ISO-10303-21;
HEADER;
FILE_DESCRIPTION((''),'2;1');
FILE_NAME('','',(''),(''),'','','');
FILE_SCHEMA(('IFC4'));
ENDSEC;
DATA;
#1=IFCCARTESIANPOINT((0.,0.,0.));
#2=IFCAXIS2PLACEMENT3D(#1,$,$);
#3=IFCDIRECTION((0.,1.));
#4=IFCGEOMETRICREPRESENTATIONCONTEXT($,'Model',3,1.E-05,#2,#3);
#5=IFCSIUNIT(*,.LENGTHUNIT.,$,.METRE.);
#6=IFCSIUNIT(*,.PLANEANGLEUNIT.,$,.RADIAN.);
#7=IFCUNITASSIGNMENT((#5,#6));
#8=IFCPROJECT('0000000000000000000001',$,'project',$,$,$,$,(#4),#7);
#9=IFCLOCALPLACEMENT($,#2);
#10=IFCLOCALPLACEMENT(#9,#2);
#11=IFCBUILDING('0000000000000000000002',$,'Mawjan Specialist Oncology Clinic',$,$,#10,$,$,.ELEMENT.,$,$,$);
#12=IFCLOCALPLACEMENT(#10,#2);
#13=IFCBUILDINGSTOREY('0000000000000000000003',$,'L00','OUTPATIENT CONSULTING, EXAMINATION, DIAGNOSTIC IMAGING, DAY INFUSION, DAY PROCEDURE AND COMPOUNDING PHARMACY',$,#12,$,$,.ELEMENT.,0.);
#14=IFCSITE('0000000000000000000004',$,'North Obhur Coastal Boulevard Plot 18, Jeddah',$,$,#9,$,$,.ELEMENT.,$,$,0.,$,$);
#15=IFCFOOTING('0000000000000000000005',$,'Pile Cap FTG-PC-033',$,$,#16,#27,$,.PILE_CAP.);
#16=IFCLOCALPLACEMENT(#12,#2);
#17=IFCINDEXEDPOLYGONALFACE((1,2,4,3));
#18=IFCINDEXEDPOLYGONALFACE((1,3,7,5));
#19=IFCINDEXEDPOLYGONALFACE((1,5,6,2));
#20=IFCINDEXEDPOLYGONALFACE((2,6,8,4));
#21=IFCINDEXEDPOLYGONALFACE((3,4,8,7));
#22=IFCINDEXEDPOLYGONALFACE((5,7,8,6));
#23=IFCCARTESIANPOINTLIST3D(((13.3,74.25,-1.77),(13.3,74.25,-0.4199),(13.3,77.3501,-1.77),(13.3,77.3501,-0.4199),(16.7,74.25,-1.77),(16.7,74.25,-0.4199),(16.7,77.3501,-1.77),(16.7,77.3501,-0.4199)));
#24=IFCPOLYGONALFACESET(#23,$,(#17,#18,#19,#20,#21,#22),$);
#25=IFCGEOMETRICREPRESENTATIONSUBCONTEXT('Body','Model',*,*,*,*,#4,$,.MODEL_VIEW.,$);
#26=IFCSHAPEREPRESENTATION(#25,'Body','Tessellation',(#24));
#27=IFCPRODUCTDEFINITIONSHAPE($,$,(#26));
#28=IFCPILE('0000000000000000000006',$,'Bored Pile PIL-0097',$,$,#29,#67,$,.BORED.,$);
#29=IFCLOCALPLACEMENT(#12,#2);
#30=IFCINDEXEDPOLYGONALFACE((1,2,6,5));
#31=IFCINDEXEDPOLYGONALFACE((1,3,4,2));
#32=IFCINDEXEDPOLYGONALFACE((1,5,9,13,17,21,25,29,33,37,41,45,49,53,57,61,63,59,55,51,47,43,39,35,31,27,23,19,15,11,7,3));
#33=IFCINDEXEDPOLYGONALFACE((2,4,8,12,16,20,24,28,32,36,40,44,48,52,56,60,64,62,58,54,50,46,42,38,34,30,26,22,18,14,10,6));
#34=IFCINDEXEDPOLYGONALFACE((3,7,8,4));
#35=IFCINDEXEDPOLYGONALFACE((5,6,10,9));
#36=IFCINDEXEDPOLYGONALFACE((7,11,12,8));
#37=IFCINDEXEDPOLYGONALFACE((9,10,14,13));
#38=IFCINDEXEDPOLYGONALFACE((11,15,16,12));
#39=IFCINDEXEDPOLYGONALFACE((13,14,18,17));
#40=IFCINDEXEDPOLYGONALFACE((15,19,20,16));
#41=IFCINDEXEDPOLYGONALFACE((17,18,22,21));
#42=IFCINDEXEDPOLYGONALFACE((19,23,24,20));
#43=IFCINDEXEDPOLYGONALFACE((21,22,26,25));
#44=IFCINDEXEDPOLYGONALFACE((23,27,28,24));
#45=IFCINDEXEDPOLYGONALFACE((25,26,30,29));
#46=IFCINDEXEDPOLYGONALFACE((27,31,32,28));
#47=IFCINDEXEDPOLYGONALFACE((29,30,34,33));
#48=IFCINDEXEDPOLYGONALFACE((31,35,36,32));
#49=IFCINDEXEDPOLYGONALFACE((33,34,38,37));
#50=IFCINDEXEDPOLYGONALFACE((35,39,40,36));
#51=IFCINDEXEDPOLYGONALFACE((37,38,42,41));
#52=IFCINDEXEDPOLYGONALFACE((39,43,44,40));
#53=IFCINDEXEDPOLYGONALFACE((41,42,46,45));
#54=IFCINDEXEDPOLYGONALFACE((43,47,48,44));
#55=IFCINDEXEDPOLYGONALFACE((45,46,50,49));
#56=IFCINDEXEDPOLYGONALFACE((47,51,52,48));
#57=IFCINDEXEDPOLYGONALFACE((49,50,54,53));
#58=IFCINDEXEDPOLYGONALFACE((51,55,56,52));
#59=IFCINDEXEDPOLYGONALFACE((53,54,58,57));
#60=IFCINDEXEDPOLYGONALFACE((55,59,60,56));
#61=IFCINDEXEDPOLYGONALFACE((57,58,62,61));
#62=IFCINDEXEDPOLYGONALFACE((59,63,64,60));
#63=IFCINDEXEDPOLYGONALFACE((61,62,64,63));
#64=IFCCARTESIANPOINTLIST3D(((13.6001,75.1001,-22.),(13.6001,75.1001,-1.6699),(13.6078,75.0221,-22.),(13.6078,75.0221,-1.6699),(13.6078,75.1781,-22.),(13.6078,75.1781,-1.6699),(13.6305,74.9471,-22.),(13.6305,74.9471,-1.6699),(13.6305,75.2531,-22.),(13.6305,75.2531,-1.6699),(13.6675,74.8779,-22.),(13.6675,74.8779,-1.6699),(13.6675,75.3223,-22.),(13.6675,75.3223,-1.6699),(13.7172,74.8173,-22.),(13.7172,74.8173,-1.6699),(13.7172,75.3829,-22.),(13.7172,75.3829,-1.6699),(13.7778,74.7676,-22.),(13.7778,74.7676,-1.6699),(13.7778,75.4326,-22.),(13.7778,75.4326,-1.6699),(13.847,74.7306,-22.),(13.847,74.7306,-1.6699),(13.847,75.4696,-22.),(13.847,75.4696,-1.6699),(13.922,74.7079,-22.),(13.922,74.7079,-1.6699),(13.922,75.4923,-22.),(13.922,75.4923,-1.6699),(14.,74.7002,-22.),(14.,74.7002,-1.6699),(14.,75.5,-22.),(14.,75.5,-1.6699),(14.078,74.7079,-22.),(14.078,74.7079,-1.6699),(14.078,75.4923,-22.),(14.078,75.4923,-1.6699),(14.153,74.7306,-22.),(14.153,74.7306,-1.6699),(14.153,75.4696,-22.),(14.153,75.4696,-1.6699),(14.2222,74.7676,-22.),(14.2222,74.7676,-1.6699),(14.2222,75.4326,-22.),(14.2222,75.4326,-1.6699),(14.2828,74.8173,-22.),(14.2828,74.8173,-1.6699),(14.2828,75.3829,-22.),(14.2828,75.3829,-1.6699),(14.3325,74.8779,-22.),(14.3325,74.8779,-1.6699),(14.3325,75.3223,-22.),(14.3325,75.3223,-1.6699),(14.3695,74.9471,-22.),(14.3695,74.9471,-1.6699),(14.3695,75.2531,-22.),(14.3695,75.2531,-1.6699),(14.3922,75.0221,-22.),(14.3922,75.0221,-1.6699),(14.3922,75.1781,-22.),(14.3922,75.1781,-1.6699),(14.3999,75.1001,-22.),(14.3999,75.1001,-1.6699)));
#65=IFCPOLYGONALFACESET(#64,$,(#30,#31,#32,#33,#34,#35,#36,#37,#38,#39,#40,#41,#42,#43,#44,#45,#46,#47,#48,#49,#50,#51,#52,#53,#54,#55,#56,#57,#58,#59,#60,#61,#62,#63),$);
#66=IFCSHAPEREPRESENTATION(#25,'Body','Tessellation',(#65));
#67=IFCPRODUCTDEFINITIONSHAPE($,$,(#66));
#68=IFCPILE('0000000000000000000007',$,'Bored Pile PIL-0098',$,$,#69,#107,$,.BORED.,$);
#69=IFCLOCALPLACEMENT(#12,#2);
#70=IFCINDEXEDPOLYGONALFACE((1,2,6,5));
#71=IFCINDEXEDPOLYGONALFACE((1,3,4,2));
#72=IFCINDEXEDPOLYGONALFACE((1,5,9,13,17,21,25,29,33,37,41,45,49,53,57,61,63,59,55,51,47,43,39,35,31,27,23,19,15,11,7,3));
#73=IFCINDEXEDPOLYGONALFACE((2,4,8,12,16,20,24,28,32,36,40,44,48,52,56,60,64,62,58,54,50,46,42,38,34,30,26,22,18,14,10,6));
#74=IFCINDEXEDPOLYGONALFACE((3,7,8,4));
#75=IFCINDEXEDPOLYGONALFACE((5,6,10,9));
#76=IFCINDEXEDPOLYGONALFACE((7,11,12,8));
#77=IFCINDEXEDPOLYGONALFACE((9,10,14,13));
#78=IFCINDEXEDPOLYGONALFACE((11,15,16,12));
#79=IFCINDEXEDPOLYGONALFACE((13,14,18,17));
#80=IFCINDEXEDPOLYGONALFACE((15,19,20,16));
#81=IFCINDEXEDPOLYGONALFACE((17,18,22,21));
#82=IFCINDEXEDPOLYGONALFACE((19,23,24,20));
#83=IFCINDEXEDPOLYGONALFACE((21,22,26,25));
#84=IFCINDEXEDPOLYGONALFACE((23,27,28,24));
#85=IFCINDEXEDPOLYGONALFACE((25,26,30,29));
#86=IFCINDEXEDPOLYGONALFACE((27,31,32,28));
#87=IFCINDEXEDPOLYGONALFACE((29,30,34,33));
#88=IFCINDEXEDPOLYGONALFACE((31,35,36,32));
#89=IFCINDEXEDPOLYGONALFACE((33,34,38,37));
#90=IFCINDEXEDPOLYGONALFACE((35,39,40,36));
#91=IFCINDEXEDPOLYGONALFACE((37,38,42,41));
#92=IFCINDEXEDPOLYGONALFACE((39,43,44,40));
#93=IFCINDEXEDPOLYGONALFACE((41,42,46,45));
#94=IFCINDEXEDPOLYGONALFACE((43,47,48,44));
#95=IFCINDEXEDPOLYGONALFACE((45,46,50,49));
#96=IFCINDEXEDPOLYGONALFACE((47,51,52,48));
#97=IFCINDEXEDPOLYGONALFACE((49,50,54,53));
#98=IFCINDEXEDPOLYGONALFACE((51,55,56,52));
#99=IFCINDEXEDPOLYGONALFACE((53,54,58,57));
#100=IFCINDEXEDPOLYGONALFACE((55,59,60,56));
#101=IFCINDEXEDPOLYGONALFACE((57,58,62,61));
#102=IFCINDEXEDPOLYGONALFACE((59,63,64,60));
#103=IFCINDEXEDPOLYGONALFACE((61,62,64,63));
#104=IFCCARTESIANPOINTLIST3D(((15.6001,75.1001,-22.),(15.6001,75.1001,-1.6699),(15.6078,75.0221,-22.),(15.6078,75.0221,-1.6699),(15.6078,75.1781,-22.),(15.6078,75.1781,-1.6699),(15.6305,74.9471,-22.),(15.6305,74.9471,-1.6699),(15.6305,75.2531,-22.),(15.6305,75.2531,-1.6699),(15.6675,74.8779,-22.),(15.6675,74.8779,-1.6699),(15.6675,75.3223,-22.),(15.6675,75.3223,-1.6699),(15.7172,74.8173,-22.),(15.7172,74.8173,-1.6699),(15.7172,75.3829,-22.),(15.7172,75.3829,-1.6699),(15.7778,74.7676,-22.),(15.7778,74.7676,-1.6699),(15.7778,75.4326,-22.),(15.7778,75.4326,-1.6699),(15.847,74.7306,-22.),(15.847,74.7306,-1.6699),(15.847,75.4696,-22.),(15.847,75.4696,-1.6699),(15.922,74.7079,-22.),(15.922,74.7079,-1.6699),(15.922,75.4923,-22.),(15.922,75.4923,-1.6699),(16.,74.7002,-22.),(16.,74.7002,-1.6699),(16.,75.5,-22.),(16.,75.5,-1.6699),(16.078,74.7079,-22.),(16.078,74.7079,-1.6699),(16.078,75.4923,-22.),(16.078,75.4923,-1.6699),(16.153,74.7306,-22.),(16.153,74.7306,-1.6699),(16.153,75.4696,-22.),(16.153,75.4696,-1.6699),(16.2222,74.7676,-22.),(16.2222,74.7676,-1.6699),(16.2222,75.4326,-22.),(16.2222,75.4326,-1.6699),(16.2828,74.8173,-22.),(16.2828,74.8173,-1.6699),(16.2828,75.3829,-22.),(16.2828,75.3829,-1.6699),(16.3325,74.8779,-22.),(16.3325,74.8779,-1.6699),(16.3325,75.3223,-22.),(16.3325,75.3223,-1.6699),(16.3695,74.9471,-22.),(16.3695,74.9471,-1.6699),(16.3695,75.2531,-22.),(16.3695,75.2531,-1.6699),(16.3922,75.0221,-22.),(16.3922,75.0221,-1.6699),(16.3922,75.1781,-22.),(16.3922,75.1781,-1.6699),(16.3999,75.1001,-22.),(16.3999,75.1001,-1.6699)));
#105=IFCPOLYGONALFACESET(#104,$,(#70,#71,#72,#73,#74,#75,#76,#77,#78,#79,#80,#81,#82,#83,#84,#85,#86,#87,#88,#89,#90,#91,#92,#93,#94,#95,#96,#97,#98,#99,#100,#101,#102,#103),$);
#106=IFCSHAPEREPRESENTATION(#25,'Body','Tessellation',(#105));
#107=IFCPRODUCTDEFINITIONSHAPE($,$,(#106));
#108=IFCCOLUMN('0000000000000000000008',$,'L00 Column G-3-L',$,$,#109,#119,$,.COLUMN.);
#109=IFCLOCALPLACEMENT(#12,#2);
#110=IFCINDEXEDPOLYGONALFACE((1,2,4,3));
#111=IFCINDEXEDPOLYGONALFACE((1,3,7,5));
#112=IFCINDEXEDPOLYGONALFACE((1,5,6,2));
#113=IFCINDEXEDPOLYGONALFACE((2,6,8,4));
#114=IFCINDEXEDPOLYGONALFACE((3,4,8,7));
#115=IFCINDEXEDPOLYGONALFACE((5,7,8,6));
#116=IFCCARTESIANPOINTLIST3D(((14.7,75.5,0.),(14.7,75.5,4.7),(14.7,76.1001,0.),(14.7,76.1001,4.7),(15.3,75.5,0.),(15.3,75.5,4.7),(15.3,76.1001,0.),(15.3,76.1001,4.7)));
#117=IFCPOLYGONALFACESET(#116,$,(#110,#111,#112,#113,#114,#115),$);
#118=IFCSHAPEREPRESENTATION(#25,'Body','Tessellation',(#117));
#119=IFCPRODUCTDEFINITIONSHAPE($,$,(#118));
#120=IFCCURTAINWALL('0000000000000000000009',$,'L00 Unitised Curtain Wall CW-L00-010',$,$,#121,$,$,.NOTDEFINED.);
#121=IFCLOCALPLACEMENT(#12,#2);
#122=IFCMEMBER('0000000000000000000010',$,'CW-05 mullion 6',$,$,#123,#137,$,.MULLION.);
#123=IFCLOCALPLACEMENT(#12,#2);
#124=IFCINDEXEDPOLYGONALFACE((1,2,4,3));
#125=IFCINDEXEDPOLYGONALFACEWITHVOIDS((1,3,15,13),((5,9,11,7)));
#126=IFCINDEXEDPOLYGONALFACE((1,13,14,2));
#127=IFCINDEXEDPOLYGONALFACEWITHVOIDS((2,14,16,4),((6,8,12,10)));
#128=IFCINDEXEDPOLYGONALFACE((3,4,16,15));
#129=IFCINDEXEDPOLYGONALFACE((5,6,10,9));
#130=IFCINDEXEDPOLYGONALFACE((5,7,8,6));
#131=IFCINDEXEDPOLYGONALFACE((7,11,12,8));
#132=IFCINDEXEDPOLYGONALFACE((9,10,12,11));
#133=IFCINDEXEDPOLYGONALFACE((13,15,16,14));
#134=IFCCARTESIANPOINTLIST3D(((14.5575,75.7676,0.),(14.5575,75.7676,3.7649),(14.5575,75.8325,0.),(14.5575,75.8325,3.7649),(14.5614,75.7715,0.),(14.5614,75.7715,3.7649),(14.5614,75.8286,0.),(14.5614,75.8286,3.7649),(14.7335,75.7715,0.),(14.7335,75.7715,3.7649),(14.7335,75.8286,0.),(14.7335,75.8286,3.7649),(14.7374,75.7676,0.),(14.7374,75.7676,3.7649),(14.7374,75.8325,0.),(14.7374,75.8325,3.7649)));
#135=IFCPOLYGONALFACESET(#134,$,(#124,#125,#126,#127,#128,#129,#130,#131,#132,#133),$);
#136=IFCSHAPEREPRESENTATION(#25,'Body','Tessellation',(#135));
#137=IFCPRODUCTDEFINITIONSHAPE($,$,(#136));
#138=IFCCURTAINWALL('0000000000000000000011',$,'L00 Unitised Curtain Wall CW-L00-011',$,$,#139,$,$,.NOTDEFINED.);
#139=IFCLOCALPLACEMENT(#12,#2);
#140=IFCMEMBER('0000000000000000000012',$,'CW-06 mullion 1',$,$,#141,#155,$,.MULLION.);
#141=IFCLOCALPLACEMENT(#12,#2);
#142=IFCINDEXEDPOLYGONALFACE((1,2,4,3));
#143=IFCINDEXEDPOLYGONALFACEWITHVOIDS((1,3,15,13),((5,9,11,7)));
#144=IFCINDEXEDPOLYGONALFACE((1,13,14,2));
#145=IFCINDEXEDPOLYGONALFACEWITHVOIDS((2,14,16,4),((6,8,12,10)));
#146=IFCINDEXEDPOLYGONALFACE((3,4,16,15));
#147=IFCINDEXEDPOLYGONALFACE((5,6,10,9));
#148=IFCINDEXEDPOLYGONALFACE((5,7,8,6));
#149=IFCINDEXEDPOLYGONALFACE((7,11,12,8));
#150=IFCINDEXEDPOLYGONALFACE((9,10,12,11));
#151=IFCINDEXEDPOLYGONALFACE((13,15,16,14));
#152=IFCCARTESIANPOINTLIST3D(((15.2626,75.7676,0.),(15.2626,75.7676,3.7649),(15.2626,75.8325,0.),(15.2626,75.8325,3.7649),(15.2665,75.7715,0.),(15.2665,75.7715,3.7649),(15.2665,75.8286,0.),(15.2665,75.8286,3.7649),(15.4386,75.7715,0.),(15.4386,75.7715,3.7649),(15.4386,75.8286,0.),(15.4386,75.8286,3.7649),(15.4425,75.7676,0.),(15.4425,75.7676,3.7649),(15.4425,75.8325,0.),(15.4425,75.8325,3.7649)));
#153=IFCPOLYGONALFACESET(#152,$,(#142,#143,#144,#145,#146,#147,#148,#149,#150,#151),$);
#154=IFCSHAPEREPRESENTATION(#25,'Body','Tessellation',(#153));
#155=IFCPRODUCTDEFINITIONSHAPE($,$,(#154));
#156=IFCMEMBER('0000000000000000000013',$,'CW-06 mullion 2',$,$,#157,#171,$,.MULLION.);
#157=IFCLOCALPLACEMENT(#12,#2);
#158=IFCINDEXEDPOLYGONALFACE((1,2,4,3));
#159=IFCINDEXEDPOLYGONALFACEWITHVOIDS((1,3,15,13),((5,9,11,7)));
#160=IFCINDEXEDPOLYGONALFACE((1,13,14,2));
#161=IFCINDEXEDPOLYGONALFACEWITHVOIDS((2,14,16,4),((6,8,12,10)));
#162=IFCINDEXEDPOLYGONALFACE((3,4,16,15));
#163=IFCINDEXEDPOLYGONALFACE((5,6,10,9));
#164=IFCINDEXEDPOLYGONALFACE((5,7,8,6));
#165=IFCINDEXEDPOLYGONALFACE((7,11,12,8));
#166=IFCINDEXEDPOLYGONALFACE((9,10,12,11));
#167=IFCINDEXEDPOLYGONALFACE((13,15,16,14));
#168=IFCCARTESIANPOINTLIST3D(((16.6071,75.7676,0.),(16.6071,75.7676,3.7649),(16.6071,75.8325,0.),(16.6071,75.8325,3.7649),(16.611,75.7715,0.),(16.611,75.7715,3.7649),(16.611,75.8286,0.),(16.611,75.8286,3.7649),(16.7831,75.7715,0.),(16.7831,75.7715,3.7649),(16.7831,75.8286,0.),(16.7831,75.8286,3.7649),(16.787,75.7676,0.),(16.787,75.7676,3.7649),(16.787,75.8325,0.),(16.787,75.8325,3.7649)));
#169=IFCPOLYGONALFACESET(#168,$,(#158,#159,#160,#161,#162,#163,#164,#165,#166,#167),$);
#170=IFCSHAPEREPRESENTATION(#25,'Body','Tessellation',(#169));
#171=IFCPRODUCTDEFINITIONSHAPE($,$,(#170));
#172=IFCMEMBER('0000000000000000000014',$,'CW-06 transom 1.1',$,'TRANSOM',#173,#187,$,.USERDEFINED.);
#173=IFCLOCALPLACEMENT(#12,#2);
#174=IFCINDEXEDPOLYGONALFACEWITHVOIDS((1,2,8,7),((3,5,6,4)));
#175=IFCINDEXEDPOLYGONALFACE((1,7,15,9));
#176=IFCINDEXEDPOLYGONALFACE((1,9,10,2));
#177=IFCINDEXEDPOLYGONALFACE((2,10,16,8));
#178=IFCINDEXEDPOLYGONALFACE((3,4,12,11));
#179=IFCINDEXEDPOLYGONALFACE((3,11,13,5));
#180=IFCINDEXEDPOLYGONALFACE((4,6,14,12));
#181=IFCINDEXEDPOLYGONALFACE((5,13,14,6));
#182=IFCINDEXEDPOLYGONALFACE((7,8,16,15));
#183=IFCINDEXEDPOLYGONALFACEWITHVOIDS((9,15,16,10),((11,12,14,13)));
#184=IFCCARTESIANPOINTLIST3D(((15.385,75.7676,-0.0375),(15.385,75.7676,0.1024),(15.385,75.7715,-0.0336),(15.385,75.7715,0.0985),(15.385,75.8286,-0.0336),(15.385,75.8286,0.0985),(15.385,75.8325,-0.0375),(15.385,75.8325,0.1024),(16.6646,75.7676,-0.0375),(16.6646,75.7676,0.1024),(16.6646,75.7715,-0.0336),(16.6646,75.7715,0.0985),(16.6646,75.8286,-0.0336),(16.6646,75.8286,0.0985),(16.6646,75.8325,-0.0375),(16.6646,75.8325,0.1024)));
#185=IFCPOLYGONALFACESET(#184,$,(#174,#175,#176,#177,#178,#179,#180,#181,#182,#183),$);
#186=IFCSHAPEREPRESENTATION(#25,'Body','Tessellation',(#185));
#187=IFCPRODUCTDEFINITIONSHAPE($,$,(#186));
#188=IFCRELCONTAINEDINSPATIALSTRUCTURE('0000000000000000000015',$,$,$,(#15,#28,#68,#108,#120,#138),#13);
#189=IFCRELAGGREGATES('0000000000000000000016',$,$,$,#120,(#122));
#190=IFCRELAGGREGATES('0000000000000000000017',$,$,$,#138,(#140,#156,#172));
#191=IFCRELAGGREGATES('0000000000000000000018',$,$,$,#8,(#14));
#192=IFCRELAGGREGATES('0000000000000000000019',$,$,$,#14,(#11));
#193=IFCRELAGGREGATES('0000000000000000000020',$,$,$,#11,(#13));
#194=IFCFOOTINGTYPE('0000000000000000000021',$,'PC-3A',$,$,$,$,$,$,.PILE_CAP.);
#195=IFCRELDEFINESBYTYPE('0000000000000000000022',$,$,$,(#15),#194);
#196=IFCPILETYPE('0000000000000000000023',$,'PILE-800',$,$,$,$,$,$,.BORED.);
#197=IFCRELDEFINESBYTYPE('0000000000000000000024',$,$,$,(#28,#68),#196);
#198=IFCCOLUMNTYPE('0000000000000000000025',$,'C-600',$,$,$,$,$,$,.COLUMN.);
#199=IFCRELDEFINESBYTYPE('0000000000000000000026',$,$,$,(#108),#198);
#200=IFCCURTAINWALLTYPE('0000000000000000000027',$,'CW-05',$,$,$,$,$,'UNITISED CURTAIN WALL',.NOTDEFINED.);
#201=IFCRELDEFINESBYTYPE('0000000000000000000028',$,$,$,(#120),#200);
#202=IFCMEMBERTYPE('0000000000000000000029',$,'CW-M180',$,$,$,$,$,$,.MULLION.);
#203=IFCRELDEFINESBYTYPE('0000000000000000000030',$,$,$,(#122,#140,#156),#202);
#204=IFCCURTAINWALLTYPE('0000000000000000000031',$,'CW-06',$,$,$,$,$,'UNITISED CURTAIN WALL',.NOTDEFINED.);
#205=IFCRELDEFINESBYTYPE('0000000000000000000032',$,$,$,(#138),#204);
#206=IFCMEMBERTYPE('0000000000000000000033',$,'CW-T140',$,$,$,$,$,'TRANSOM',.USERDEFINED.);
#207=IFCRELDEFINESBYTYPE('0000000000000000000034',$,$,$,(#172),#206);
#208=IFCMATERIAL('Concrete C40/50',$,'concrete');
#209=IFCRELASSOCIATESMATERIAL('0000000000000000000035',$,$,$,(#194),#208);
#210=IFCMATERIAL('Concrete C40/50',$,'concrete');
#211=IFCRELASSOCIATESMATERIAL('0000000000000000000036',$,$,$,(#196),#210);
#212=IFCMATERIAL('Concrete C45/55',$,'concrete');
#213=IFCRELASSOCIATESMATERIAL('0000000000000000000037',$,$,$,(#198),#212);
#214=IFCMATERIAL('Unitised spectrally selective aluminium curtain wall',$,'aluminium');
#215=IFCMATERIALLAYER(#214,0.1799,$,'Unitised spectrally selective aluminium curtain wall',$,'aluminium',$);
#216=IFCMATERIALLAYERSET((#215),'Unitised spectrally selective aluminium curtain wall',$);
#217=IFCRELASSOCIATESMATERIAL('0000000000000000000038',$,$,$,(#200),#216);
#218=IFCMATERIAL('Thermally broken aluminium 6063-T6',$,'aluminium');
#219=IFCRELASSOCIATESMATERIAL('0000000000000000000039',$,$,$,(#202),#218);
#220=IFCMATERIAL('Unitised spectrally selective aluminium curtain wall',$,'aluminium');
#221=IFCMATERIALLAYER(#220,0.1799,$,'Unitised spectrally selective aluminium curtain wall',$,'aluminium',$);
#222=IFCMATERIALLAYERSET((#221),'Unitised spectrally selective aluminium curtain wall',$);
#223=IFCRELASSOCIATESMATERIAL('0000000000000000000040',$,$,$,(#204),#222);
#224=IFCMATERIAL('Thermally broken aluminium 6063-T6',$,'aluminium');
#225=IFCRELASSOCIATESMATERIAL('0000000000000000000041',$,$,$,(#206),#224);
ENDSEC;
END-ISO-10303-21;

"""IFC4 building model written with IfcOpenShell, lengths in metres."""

from ifc_helpers import new_model, si_unit, direction, frame, origin, origin_2d, place, context, subcontext, project, spatial, rectangle, hollow_rectangle, circle, extrude, material, layer, layer_set, material_profile, profile_set, type_object, element, aggregate, save


model = new_model("IFC4")

# Units and contexts
model_context = context("Model", 3, precision=1e-05, world=origin(), true_north=direction((0.0, 1.0)))
body_context = subcontext(model_context, "Body", "Model", "MODEL_VIEW")
ifc_project = project(units=[si_unit("LENGTHUNIT", "METRE"), si_unit("PLANEANGLEUNIT", "RADIAN")], contexts=[model_context])

# Site, building, storey
site_placement = place(None, origin())
site = spatial("IfcSite", under=ifc_project, at=site_placement, Name="North Obhur Coastal Boulevard Plot 18, Jeddah", CompositionType="ELEMENT", RefElevation=0.0)
building_placement = place(site_placement, origin())
building = spatial("IfcBuilding", under=site, at=building_placement, Name="Mawjan Specialist Oncology Clinic", CompositionType="ELEMENT")
storey_placement = place(building_placement, origin())
storey = spatial("IfcBuildingStorey", under=building, at=storey_placement, Name="L00", Description="OUTPATIENT CONSULTING, EXAMINATION, DIAGNOSTIC IMAGING, DAY INFUSION, DAY PROCEDURE AND COMPOUNDING PHARMACY", CompositionType="ELEMENT", Elevation=0.0)

# Footing
ifc_material_1 = material(Name="Concrete C40/50", Category="concrete")
footing_type = type_object("IfcFootingType", Name="PC-3A", PredefinedType="PILE_CAP", material=ifc_material_1)
footing_placement = place(storey_placement, frame((15.0, 75.8, -1.77), z_axis=(0.0, 0.0, 1.0), x_axis=(1.0, 0.0, 0.0)))
element("IfcFooting", 1, at=footing_placement, inside=storey, type_object=footing_type, Name="Pile Cap FTG-PC-033", PredefinedType="PILE_CAP", context=body_context, shape_type="SweptSolid", body=[
    extrude(rectangle(XDim=3.3999, YDim=3.1001, at=origin_2d()), origin(), (0.0, 0.0, 1.0), 1.3501),
])

# Piles
ifc_material_2 = material(Name="Concrete C40/50", Category="concrete")
ifc_material_profile_1 = material_profile(ifc_material_2, circle(Radius=0.3999, at=origin_2d()), Name="BORED PILE D800", Category="concrete")
ifc_profile_set_1 = profile_set([ifc_material_profile_1], Name="Concrete C40/50")
pile_type = type_object("IfcPileType", Name="PILE-800", PredefinedType="BORED", material=ifc_profile_set_1)
for number, where, z_axis, x_axis, name in (
    (2, (14.0, 75.1001, -1.6699), (0.0, 0.0, -1.0), (1.0, 0.0, 0.0), "Bored Pile PIL-0097"),
    (3, (16.0, 75.1001, -1.6699), (0.0, 0.0, -1.0), (1.0, 0.0, 0.0), "Bored Pile PIL-0098"),
):
    element("IfcPile", number, at=place(storey_placement, frame(where, z_axis=z_axis, x_axis=x_axis)), inside=storey, type_object=pile_type, Name=name, PredefinedType="BORED", context=body_context, shape_type="SweptSolid", body=[
        extrude(circle(Radius=0.3999, at=origin_2d()), origin(), (0.0, 0.0, 1.0), 20.3301),
    ])

# Column
ifc_material_3 = material(Name="Concrete C45/55", Category="concrete")
ifc_material_profile_2 = material_profile(ifc_material_3, rectangle(XDim=0.6001, YDim=0.6001, at=origin_2d()), Name="RC COL 600x600", Category="concrete")
ifc_profile_set_2 = profile_set([ifc_material_profile_2], Name="Concrete C45/55")
column_type = type_object("IfcColumnType", Name="C-600", PredefinedType="COLUMN", material=ifc_profile_set_2)
column_placement = place(storey_placement, frame((15.0, 75.8, 0.0), z_axis=(0.0, 0.0, 1.0), x_axis=(1.0, 0.0, 0.0)))
element("IfcColumn", 4, at=column_placement, inside=storey, type_object=column_type, Name="L00 Column G-3-L", PredefinedType="COLUMN", context=body_context, shape_type="SweptSolid", body=[
    extrude(rectangle(XDim=0.6001, YDim=0.6001, at=origin_2d()), origin(), (0.0, 0.0, 1.0), 4.7),
])

# Curtain wall, member
ifc_material_4 = material(Name="Unitised spectrally selective aluminium curtain wall", Category="aluminium")
ifc_layer_1 = layer(ifc_material_4, 0.1799, Name="Unitised spectrally selective aluminium curtain wall", Category="aluminium")
ifc_layer_set_1 = layer_set([ifc_layer_1], Name="Unitised spectrally selective aluminium curtain wall")
curtain_wall_type_1 = type_object("IfcCurtainWallType", Name="CW-05", ElementType="UNITISED CURTAIN WALL", PredefinedType="NOTDEFINED", material=ifc_layer_set_1)
curtain_wall_1_placement = place(storey_placement, origin())
curtain_wall_1 = element("IfcCurtainWall", 5, at=curtain_wall_1_placement, inside=storey, type_object=curtain_wall_type_1, Name="L00 Unitised Curtain Wall CW-L00-010", PredefinedType="NOTDEFINED")
ifc_material_5 = material(Name="Thermally broken aluminium 6063-T6", Category="aluminium")
ifc_material_profile_3 = material_profile(ifc_material_5, hollow_rectangle(XDim=0.0649, YDim=0.1799, WallThickness=0.0039, at=origin_2d()), Name="ALU MULLION 180x65x4", Category="aluminium")
ifc_profile_set_3 = profile_set([ifc_material_profile_3], Name="Thermally broken aluminium 6063-T6")
member_type_1 = type_object("IfcMemberType", Name="CW-M180", PredefinedType="MULLION", material=ifc_profile_set_3)
member_1_placement = place(storey_placement, frame((14.6475, 75.8, 0.0), z_axis=(0.0, 0.0, 1.0), x_axis=(0.0, 1.0, 0.0)))
member_1 = element("IfcMember", 6, at=member_1_placement, type_object=member_type_1, Name="CW-05 mullion 6", PredefinedType="MULLION", context=body_context, shape_type="SweptSolid", body=[
    extrude(hollow_rectangle(XDim=0.0649, YDim=0.1799, WallThickness=0.0039, at=origin_2d()), origin(), (0.0, 0.0, 1.0), 3.7649),
])

# Curtain wall, members
ifc_material_6 = material(Name="Unitised spectrally selective aluminium curtain wall", Category="aluminium")
ifc_layer_2 = layer(ifc_material_6, 0.1799, Name="Unitised spectrally selective aluminium curtain wall", Category="aluminium")
ifc_layer_set_2 = layer_set([ifc_layer_2], Name="Unitised spectrally selective aluminium curtain wall")
curtain_wall_type_2 = type_object("IfcCurtainWallType", Name="CW-06", ElementType="UNITISED CURTAIN WALL", PredefinedType="NOTDEFINED", material=ifc_layer_set_2)
curtain_wall_2_placement = place(storey_placement, origin())
curtain_wall_2 = element("IfcCurtainWall", 7, at=curtain_wall_2_placement, inside=storey, type_object=curtain_wall_type_2, Name="L00 Unitised Curtain Wall CW-L00-011", PredefinedType="NOTDEFINED")
member_2_placement = place(storey_placement, frame((15.3525, 75.8, 0.0), z_axis=(0.0, 0.0, 1.0), x_axis=(0.0, 1.0, 0.0)))
member_2 = element("IfcMember", 8, at=member_2_placement, type_object=member_type_1, Name="CW-06 mullion 1", PredefinedType="MULLION", context=body_context, shape_type="SweptSolid", body=[
    extrude(hollow_rectangle(XDim=0.0649, YDim=0.1799, WallThickness=0.0039, at=origin_2d()), origin(), (0.0, 0.0, 1.0), 3.7649),
])
member_3_placement = place(storey_placement, frame((16.697, 75.8, 0.0), z_axis=(0.0, 0.0, 1.0), x_axis=(0.0, 1.0, 0.0)))
member_3 = element("IfcMember", 9, at=member_3_placement, type_object=member_type_1, Name="CW-06 mullion 2", PredefinedType="MULLION", context=body_context, shape_type="SweptSolid", body=[
    extrude(hollow_rectangle(XDim=0.0649, YDim=0.1799, WallThickness=0.0039, at=origin_2d()), origin(), (0.0, 0.0, 1.0), 3.7649),
])
ifc_material_7 = material(Name="Thermally broken aluminium 6063-T6", Category="aluminium")
ifc_material_profile_4 = material_profile(ifc_material_7, hollow_rectangle(XDim=0.0649, YDim=0.1399, WallThickness=0.0039, at=origin_2d()), Name="ALU TRANSOM 140x65x4", Category="aluminium")
ifc_profile_set_4 = profile_set([ifc_material_profile_4], Name="Thermally broken aluminium 6063-T6")
member_type_2 = type_object("IfcMemberType", Name="CW-T140", ElementType="TRANSOM", PredefinedType="USERDEFINED", material=ifc_profile_set_4)
member_4_placement = place(storey_placement, frame((15.385, 75.8, 0.0325), z_axis=(1.0, 0.0, 0.0), x_axis=(0.0, 1.0, 0.0)))
member_4 = element("IfcMember", 10, at=member_4_placement, type_object=member_type_2, Name="CW-06 transom 1.1", ObjectType="TRANSOM", PredefinedType="USERDEFINED", context=body_context, shape_type="SweptSolid", body=[
    extrude(hollow_rectangle(XDim=0.0649, YDim=0.1399, WallThickness=0.0039, at=origin_2d()), origin(), (0.0, 0.0, 1.0), 1.2795),
])

aggregate(curtain_wall_1, [member_1])
aggregate(curtain_wall_2, [member_2, member_3, member_4])

save(model, "model.ifc")
